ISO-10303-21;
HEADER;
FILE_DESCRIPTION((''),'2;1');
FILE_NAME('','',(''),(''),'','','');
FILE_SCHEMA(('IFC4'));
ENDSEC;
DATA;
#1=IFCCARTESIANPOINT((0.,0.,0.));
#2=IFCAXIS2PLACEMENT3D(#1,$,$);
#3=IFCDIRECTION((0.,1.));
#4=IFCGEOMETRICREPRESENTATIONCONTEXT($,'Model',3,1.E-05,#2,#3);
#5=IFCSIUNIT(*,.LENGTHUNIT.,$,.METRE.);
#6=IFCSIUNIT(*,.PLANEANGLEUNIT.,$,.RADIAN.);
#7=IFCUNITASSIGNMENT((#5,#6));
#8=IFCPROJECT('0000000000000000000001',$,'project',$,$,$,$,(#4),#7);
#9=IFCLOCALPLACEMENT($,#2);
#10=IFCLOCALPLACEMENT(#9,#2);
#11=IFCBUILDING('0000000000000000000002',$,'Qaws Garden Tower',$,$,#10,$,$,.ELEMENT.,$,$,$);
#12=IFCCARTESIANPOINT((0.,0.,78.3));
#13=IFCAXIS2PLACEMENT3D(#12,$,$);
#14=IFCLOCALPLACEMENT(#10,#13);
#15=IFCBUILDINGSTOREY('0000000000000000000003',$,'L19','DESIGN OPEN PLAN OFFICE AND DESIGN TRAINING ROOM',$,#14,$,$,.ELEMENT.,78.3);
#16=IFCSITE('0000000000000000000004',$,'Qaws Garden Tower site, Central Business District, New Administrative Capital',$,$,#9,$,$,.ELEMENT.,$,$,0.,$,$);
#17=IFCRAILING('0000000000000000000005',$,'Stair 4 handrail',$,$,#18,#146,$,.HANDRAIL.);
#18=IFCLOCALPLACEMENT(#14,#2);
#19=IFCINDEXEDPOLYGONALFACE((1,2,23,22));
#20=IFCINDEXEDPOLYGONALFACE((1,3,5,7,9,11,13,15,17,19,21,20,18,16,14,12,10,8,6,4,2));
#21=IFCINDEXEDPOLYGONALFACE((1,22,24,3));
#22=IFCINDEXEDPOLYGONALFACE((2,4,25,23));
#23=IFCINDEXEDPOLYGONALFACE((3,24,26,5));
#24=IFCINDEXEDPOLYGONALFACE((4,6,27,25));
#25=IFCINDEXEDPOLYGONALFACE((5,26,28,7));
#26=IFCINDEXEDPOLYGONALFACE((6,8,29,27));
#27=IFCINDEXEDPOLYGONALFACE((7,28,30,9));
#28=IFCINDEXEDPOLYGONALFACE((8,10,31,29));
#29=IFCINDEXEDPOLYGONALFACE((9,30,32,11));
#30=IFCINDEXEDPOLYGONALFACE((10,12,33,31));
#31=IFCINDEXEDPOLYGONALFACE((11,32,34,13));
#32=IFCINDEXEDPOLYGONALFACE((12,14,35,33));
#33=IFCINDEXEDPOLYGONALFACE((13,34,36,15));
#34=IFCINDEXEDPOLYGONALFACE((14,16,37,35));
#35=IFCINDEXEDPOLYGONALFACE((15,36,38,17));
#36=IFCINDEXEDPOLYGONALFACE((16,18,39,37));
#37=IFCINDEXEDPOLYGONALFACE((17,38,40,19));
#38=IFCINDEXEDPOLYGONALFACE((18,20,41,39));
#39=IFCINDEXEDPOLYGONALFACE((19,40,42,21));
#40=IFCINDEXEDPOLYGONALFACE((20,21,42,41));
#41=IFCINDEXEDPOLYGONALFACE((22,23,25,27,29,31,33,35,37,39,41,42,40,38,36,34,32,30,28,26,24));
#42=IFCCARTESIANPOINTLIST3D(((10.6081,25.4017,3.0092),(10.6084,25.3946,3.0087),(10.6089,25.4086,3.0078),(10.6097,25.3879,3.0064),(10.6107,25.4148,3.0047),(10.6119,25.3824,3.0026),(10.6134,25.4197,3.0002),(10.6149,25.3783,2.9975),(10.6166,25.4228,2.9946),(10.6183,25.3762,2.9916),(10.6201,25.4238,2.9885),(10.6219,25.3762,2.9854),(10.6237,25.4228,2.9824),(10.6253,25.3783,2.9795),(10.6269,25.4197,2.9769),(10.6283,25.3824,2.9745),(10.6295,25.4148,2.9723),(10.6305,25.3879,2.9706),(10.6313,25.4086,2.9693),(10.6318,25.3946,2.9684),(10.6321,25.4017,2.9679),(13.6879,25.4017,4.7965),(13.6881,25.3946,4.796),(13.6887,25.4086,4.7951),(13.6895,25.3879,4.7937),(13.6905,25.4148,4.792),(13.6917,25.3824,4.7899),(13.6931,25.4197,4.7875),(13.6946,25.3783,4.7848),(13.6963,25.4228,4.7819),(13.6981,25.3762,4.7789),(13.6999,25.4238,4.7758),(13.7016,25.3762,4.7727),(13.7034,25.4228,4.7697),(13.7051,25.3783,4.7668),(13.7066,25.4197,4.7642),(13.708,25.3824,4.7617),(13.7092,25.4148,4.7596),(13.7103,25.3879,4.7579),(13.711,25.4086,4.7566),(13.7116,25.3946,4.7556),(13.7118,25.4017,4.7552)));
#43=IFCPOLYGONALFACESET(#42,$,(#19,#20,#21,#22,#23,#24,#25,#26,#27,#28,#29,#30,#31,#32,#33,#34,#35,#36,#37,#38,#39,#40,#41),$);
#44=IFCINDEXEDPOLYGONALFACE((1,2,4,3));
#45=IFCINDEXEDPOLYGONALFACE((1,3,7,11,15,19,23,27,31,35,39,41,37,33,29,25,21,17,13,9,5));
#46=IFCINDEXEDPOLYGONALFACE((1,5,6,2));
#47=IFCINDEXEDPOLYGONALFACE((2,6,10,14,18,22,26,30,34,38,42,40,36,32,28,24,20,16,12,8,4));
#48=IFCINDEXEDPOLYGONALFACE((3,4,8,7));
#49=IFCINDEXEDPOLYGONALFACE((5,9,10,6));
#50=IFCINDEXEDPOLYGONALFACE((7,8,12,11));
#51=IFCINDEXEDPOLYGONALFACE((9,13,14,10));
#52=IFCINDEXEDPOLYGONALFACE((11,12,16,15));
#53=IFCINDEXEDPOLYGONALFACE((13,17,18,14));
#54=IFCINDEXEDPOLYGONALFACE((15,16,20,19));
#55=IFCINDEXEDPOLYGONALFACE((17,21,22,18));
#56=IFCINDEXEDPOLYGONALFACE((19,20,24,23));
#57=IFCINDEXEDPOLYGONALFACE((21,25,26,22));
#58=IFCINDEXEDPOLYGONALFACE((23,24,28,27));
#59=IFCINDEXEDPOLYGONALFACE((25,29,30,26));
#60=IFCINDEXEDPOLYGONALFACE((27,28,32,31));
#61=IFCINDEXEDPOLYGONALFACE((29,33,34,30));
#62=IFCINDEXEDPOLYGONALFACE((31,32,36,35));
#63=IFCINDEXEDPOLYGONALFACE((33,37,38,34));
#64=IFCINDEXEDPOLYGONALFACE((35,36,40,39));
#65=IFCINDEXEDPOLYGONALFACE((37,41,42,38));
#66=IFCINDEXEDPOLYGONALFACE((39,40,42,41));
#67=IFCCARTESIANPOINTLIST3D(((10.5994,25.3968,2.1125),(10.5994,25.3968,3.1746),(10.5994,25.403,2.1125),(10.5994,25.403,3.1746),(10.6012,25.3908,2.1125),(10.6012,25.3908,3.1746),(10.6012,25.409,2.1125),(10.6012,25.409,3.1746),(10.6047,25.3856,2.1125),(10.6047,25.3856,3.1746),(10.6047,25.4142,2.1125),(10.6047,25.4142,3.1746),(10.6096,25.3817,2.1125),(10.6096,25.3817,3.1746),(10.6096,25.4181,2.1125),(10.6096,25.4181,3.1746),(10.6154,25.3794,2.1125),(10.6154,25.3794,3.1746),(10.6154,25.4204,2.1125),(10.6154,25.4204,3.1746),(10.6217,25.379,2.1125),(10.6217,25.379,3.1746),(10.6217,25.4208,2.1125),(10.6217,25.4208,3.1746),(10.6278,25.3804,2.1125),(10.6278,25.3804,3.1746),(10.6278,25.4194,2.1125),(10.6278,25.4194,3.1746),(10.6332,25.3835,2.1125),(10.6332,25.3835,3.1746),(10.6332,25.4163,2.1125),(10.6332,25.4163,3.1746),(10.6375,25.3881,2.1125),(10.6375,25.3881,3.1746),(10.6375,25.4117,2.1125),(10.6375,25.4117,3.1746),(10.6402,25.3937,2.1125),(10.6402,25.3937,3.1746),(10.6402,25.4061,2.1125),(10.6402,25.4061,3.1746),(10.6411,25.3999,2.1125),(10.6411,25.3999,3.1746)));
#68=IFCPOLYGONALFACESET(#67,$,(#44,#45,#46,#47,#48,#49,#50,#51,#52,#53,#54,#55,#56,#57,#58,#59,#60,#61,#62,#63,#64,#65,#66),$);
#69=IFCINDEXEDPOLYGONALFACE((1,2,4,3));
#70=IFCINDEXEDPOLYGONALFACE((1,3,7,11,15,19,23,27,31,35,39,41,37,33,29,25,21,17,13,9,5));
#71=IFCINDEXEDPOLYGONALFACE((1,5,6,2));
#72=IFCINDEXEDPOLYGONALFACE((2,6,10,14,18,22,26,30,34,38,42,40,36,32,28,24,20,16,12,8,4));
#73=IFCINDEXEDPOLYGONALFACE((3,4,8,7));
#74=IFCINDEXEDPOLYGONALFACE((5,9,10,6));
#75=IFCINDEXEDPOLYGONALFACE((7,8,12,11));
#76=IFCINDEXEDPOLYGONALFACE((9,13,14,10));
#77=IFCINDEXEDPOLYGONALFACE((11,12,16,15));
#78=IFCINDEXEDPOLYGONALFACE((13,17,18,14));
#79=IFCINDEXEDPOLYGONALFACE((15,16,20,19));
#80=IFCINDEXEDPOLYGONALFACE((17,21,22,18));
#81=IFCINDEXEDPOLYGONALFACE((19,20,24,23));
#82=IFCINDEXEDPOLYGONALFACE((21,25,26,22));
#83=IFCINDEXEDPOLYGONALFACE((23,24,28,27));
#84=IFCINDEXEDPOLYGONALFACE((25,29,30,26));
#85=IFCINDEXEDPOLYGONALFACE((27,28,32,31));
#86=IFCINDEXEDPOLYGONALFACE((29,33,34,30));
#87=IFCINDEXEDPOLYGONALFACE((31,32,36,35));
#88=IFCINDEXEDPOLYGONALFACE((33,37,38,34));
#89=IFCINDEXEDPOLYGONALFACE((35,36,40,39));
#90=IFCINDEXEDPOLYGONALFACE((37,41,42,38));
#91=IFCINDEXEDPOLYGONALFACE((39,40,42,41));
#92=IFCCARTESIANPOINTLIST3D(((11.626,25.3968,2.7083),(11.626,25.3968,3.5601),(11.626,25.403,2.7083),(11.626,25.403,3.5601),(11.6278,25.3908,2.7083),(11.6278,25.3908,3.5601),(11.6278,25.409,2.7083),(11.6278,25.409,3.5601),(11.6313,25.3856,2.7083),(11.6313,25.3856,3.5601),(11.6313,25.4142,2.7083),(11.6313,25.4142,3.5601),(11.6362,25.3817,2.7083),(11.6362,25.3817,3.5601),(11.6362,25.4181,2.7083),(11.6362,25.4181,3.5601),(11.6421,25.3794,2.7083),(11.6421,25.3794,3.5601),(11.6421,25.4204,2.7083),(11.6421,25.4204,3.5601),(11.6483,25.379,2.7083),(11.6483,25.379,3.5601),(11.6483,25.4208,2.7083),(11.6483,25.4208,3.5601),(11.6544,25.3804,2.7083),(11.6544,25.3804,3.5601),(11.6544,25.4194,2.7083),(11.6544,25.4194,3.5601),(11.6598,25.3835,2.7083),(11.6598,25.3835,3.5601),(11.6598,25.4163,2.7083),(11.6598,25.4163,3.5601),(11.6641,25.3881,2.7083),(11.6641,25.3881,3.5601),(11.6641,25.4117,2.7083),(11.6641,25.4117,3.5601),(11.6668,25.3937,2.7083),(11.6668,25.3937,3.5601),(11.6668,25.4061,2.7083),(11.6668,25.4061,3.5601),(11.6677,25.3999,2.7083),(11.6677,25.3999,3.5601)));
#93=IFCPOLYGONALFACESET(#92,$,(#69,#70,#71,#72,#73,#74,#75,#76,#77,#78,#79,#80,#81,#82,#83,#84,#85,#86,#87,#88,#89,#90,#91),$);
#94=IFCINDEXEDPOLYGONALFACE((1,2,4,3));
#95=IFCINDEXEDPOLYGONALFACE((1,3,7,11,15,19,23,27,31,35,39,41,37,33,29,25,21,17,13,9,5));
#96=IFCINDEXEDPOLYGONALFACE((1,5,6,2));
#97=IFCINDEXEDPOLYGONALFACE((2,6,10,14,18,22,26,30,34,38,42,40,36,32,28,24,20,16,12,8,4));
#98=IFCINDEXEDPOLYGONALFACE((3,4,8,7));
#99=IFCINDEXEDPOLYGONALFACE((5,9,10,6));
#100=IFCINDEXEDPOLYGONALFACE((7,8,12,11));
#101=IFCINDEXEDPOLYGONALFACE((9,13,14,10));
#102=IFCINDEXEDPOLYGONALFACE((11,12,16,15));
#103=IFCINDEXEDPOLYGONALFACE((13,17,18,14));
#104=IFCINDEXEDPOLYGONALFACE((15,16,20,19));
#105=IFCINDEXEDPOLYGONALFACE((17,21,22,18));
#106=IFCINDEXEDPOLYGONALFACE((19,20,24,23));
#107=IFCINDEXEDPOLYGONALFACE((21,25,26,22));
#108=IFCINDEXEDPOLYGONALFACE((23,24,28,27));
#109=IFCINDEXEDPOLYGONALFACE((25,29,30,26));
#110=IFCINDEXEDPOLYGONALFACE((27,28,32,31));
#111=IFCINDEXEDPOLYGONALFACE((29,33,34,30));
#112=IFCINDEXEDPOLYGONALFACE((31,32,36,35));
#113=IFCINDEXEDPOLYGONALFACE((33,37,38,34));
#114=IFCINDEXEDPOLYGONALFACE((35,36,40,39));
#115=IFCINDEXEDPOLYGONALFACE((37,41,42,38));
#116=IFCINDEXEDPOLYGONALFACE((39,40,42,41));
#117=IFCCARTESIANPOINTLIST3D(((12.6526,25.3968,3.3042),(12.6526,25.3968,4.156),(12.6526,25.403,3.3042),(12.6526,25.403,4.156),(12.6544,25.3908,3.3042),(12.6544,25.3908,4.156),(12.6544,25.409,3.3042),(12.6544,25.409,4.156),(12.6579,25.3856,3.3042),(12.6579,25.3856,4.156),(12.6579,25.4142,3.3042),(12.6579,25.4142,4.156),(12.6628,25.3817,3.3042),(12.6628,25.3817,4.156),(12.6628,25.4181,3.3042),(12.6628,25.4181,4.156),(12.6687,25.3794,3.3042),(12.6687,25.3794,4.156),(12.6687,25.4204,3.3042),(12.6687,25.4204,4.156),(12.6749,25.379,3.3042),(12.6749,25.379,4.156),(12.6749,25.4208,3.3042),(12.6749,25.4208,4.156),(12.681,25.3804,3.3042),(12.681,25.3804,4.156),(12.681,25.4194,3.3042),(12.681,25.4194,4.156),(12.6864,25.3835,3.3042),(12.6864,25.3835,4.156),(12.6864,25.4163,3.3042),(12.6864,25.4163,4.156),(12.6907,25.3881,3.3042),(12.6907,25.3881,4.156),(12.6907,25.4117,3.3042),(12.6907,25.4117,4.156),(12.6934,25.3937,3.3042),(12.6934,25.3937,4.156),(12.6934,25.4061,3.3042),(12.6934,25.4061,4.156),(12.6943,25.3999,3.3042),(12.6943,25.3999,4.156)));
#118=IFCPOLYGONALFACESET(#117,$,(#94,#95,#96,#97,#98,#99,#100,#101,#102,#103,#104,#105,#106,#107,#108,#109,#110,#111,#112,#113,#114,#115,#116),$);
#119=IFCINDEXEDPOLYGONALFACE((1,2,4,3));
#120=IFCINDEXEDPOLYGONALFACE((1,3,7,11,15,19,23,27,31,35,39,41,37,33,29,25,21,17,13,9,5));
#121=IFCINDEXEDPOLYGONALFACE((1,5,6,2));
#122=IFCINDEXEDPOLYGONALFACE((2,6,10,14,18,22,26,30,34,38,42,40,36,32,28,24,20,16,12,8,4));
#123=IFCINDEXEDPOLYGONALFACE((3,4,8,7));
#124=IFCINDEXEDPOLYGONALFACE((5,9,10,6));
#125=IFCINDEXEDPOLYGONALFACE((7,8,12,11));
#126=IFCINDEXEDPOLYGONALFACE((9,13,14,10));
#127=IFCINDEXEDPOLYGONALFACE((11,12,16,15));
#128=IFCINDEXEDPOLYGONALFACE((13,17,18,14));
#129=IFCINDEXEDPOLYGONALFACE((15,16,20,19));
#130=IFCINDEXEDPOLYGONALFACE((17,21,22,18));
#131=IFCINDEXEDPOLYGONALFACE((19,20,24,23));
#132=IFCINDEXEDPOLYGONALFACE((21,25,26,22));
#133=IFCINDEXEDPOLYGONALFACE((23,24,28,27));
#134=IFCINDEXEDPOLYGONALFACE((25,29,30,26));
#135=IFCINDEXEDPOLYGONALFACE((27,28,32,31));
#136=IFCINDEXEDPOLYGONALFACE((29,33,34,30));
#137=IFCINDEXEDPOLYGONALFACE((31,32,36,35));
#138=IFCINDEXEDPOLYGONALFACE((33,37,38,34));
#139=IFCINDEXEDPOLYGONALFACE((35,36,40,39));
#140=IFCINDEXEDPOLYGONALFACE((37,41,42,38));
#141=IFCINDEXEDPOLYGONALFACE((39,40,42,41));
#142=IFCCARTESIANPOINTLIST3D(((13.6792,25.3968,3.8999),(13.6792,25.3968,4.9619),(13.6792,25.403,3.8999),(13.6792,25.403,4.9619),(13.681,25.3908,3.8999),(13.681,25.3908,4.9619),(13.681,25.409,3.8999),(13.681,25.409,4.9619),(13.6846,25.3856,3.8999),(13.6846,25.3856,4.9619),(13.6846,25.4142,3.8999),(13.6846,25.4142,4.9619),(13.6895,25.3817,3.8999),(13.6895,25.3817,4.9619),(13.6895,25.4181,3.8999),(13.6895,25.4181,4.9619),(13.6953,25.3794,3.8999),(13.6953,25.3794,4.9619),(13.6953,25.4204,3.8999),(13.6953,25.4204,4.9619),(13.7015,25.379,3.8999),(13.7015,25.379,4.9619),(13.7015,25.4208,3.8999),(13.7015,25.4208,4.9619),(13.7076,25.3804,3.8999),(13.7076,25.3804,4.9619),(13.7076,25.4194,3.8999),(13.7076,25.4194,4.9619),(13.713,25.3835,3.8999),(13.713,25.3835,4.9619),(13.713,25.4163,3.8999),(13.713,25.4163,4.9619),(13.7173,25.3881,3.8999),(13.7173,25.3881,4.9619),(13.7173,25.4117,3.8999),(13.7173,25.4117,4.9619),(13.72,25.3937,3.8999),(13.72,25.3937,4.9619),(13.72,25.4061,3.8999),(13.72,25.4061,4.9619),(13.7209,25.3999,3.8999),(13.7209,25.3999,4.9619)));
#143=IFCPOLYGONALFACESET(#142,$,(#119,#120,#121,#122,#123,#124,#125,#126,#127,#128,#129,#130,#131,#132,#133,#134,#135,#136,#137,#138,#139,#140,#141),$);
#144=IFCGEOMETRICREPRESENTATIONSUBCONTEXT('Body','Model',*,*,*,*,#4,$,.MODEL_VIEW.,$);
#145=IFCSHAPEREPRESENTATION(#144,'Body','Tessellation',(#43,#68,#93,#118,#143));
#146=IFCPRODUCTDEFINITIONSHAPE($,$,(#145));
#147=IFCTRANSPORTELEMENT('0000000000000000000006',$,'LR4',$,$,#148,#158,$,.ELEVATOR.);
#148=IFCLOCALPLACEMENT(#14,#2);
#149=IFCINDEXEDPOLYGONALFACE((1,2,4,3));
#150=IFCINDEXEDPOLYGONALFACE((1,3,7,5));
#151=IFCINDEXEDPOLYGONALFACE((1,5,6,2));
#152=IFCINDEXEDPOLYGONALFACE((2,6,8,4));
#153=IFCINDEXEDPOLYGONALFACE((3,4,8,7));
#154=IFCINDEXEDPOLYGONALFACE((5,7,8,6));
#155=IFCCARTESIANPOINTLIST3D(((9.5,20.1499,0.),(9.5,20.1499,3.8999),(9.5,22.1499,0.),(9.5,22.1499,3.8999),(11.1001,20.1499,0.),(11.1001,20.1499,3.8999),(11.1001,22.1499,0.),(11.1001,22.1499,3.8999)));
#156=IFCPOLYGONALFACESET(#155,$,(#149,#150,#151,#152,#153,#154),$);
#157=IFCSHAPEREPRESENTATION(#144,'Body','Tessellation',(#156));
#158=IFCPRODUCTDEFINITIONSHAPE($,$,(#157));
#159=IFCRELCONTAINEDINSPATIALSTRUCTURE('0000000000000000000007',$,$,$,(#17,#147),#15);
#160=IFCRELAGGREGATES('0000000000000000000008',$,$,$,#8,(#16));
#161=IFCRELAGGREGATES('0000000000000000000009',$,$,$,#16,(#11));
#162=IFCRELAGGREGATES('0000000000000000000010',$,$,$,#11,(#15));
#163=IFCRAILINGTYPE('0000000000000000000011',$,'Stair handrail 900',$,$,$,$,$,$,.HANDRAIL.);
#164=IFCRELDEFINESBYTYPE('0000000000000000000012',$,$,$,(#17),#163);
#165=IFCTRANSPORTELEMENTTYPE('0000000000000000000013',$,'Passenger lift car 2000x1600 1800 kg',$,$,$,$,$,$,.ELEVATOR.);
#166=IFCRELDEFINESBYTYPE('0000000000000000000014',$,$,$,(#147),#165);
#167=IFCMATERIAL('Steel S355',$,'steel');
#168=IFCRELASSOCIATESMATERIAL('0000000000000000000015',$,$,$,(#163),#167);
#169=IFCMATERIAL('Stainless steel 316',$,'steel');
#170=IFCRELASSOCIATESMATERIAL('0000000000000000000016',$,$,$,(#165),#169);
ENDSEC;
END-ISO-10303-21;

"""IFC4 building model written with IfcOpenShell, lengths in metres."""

from ifc_helpers import new_model, si_unit, direction, frame, origin, origin_2d, place, context, subcontext, project, spatial, rectangle, circle, extrude, material, type_object, element, save


model = new_model("IFC4")

# Units and contexts
model_context = context("Model", 3, precision=1e-05, world=origin(), true_north=direction((0.0, 1.0)))
body_context = subcontext(model_context, "Body", "Model", "MODEL_VIEW")
ifc_project = project(units=[si_unit("LENGTHUNIT", "METRE"), si_unit("PLANEANGLEUNIT", "RADIAN")], contexts=[model_context])

# Site, building, storey
site_placement = place(None, origin())
site = spatial("IfcSite", under=ifc_project, at=site_placement, Name="Qaws Garden Tower site, Central Business District, New Administrative Capital", CompositionType="ELEMENT", RefElevation=0.0)
building_placement = place(site_placement, origin())
building = spatial("IfcBuilding", under=site, at=building_placement, Name="Qaws Garden Tower", CompositionType="ELEMENT")
storey_placement = place(building_placement, frame((0.0, 0.0, 78.3)))
storey = spatial("IfcBuildingStorey", under=building, at=storey_placement, Name="L19", Description="DESIGN OPEN PLAN OFFICE AND DESIGN TRAINING ROOM", CompositionType="ELEMENT", Elevation=78.3)

# Railing
ifc_material_1 = material(Name="Steel S355", Category="steel")
railing_type = type_object("IfcRailingType", Name="Stair handrail 900", PredefinedType="HANDRAIL", material=ifc_material_1)
railing_1_placement = place(storey_placement, frame((10.6201, 25.3999, 2.1125)))
element("IfcRailing", 1, at=railing_1_placement, inside=storey, type_object=railing_type, Name="Stair 4 handrail", PredefinedType="HANDRAIL", context=body_context, shape_type="SweptSolid", body=[
    extrude(circle(Radius=0.0239, at=origin_2d()), frame((0.0, 0.0, 0.876), z_axis=(0.864903, 0.0, 0.501939), x_axis=(0.0, 1.0, 0.0)), (0.0, 0.0, 1.0), 3.5608),
    extrude(circle(Radius=0.021, at=origin_2d()), origin(), (0.0, 0.0, 1.0), 1.062),
    extrude(circle(Radius=0.021, at=origin_2d()), frame((1.0266, 0.0, 0.5957)), (0.0, 0.0, 1.0), 0.8518),
    extrude(circle(Radius=0.021, at=origin_2d()), frame((2.0532, 0.0, 1.1917)), (0.0, 0.0, 1.0), 0.8518),
    extrude(circle(Radius=0.021, at=origin_2d()), frame((3.0798, 0.0, 1.7874)), (0.0, 0.0, 1.0), 1.062),
])

# Transport element
ifc_material_2 = material(Name="Stainless steel 316", Category="steel")
transport_element_type = type_object("IfcTransportElementType", Name="Passenger lift car 2000x1600 1800 kg", PredefinedType="ELEVATOR", material=ifc_material_2)
transport_element_placement = place(storey_placement, frame((10.3, 21.1499, 0.0), z_axis=(0.0, 0.0, 1.0), x_axis=(1.0, 0.0, 0.0)))
element("IfcTransportElement", 2, at=transport_element_placement, inside=storey, type_object=transport_element_type, Name="LR4", PredefinedType="ELEVATOR", context=body_context, shape_type="SweptSolid", body=[
    extrude(rectangle(XDim=1.6001, YDim=2.0, at=origin_2d()), origin(), (0.0, 0.0, 1.0), 3.8999),
])

save(model, "model.ifc")
